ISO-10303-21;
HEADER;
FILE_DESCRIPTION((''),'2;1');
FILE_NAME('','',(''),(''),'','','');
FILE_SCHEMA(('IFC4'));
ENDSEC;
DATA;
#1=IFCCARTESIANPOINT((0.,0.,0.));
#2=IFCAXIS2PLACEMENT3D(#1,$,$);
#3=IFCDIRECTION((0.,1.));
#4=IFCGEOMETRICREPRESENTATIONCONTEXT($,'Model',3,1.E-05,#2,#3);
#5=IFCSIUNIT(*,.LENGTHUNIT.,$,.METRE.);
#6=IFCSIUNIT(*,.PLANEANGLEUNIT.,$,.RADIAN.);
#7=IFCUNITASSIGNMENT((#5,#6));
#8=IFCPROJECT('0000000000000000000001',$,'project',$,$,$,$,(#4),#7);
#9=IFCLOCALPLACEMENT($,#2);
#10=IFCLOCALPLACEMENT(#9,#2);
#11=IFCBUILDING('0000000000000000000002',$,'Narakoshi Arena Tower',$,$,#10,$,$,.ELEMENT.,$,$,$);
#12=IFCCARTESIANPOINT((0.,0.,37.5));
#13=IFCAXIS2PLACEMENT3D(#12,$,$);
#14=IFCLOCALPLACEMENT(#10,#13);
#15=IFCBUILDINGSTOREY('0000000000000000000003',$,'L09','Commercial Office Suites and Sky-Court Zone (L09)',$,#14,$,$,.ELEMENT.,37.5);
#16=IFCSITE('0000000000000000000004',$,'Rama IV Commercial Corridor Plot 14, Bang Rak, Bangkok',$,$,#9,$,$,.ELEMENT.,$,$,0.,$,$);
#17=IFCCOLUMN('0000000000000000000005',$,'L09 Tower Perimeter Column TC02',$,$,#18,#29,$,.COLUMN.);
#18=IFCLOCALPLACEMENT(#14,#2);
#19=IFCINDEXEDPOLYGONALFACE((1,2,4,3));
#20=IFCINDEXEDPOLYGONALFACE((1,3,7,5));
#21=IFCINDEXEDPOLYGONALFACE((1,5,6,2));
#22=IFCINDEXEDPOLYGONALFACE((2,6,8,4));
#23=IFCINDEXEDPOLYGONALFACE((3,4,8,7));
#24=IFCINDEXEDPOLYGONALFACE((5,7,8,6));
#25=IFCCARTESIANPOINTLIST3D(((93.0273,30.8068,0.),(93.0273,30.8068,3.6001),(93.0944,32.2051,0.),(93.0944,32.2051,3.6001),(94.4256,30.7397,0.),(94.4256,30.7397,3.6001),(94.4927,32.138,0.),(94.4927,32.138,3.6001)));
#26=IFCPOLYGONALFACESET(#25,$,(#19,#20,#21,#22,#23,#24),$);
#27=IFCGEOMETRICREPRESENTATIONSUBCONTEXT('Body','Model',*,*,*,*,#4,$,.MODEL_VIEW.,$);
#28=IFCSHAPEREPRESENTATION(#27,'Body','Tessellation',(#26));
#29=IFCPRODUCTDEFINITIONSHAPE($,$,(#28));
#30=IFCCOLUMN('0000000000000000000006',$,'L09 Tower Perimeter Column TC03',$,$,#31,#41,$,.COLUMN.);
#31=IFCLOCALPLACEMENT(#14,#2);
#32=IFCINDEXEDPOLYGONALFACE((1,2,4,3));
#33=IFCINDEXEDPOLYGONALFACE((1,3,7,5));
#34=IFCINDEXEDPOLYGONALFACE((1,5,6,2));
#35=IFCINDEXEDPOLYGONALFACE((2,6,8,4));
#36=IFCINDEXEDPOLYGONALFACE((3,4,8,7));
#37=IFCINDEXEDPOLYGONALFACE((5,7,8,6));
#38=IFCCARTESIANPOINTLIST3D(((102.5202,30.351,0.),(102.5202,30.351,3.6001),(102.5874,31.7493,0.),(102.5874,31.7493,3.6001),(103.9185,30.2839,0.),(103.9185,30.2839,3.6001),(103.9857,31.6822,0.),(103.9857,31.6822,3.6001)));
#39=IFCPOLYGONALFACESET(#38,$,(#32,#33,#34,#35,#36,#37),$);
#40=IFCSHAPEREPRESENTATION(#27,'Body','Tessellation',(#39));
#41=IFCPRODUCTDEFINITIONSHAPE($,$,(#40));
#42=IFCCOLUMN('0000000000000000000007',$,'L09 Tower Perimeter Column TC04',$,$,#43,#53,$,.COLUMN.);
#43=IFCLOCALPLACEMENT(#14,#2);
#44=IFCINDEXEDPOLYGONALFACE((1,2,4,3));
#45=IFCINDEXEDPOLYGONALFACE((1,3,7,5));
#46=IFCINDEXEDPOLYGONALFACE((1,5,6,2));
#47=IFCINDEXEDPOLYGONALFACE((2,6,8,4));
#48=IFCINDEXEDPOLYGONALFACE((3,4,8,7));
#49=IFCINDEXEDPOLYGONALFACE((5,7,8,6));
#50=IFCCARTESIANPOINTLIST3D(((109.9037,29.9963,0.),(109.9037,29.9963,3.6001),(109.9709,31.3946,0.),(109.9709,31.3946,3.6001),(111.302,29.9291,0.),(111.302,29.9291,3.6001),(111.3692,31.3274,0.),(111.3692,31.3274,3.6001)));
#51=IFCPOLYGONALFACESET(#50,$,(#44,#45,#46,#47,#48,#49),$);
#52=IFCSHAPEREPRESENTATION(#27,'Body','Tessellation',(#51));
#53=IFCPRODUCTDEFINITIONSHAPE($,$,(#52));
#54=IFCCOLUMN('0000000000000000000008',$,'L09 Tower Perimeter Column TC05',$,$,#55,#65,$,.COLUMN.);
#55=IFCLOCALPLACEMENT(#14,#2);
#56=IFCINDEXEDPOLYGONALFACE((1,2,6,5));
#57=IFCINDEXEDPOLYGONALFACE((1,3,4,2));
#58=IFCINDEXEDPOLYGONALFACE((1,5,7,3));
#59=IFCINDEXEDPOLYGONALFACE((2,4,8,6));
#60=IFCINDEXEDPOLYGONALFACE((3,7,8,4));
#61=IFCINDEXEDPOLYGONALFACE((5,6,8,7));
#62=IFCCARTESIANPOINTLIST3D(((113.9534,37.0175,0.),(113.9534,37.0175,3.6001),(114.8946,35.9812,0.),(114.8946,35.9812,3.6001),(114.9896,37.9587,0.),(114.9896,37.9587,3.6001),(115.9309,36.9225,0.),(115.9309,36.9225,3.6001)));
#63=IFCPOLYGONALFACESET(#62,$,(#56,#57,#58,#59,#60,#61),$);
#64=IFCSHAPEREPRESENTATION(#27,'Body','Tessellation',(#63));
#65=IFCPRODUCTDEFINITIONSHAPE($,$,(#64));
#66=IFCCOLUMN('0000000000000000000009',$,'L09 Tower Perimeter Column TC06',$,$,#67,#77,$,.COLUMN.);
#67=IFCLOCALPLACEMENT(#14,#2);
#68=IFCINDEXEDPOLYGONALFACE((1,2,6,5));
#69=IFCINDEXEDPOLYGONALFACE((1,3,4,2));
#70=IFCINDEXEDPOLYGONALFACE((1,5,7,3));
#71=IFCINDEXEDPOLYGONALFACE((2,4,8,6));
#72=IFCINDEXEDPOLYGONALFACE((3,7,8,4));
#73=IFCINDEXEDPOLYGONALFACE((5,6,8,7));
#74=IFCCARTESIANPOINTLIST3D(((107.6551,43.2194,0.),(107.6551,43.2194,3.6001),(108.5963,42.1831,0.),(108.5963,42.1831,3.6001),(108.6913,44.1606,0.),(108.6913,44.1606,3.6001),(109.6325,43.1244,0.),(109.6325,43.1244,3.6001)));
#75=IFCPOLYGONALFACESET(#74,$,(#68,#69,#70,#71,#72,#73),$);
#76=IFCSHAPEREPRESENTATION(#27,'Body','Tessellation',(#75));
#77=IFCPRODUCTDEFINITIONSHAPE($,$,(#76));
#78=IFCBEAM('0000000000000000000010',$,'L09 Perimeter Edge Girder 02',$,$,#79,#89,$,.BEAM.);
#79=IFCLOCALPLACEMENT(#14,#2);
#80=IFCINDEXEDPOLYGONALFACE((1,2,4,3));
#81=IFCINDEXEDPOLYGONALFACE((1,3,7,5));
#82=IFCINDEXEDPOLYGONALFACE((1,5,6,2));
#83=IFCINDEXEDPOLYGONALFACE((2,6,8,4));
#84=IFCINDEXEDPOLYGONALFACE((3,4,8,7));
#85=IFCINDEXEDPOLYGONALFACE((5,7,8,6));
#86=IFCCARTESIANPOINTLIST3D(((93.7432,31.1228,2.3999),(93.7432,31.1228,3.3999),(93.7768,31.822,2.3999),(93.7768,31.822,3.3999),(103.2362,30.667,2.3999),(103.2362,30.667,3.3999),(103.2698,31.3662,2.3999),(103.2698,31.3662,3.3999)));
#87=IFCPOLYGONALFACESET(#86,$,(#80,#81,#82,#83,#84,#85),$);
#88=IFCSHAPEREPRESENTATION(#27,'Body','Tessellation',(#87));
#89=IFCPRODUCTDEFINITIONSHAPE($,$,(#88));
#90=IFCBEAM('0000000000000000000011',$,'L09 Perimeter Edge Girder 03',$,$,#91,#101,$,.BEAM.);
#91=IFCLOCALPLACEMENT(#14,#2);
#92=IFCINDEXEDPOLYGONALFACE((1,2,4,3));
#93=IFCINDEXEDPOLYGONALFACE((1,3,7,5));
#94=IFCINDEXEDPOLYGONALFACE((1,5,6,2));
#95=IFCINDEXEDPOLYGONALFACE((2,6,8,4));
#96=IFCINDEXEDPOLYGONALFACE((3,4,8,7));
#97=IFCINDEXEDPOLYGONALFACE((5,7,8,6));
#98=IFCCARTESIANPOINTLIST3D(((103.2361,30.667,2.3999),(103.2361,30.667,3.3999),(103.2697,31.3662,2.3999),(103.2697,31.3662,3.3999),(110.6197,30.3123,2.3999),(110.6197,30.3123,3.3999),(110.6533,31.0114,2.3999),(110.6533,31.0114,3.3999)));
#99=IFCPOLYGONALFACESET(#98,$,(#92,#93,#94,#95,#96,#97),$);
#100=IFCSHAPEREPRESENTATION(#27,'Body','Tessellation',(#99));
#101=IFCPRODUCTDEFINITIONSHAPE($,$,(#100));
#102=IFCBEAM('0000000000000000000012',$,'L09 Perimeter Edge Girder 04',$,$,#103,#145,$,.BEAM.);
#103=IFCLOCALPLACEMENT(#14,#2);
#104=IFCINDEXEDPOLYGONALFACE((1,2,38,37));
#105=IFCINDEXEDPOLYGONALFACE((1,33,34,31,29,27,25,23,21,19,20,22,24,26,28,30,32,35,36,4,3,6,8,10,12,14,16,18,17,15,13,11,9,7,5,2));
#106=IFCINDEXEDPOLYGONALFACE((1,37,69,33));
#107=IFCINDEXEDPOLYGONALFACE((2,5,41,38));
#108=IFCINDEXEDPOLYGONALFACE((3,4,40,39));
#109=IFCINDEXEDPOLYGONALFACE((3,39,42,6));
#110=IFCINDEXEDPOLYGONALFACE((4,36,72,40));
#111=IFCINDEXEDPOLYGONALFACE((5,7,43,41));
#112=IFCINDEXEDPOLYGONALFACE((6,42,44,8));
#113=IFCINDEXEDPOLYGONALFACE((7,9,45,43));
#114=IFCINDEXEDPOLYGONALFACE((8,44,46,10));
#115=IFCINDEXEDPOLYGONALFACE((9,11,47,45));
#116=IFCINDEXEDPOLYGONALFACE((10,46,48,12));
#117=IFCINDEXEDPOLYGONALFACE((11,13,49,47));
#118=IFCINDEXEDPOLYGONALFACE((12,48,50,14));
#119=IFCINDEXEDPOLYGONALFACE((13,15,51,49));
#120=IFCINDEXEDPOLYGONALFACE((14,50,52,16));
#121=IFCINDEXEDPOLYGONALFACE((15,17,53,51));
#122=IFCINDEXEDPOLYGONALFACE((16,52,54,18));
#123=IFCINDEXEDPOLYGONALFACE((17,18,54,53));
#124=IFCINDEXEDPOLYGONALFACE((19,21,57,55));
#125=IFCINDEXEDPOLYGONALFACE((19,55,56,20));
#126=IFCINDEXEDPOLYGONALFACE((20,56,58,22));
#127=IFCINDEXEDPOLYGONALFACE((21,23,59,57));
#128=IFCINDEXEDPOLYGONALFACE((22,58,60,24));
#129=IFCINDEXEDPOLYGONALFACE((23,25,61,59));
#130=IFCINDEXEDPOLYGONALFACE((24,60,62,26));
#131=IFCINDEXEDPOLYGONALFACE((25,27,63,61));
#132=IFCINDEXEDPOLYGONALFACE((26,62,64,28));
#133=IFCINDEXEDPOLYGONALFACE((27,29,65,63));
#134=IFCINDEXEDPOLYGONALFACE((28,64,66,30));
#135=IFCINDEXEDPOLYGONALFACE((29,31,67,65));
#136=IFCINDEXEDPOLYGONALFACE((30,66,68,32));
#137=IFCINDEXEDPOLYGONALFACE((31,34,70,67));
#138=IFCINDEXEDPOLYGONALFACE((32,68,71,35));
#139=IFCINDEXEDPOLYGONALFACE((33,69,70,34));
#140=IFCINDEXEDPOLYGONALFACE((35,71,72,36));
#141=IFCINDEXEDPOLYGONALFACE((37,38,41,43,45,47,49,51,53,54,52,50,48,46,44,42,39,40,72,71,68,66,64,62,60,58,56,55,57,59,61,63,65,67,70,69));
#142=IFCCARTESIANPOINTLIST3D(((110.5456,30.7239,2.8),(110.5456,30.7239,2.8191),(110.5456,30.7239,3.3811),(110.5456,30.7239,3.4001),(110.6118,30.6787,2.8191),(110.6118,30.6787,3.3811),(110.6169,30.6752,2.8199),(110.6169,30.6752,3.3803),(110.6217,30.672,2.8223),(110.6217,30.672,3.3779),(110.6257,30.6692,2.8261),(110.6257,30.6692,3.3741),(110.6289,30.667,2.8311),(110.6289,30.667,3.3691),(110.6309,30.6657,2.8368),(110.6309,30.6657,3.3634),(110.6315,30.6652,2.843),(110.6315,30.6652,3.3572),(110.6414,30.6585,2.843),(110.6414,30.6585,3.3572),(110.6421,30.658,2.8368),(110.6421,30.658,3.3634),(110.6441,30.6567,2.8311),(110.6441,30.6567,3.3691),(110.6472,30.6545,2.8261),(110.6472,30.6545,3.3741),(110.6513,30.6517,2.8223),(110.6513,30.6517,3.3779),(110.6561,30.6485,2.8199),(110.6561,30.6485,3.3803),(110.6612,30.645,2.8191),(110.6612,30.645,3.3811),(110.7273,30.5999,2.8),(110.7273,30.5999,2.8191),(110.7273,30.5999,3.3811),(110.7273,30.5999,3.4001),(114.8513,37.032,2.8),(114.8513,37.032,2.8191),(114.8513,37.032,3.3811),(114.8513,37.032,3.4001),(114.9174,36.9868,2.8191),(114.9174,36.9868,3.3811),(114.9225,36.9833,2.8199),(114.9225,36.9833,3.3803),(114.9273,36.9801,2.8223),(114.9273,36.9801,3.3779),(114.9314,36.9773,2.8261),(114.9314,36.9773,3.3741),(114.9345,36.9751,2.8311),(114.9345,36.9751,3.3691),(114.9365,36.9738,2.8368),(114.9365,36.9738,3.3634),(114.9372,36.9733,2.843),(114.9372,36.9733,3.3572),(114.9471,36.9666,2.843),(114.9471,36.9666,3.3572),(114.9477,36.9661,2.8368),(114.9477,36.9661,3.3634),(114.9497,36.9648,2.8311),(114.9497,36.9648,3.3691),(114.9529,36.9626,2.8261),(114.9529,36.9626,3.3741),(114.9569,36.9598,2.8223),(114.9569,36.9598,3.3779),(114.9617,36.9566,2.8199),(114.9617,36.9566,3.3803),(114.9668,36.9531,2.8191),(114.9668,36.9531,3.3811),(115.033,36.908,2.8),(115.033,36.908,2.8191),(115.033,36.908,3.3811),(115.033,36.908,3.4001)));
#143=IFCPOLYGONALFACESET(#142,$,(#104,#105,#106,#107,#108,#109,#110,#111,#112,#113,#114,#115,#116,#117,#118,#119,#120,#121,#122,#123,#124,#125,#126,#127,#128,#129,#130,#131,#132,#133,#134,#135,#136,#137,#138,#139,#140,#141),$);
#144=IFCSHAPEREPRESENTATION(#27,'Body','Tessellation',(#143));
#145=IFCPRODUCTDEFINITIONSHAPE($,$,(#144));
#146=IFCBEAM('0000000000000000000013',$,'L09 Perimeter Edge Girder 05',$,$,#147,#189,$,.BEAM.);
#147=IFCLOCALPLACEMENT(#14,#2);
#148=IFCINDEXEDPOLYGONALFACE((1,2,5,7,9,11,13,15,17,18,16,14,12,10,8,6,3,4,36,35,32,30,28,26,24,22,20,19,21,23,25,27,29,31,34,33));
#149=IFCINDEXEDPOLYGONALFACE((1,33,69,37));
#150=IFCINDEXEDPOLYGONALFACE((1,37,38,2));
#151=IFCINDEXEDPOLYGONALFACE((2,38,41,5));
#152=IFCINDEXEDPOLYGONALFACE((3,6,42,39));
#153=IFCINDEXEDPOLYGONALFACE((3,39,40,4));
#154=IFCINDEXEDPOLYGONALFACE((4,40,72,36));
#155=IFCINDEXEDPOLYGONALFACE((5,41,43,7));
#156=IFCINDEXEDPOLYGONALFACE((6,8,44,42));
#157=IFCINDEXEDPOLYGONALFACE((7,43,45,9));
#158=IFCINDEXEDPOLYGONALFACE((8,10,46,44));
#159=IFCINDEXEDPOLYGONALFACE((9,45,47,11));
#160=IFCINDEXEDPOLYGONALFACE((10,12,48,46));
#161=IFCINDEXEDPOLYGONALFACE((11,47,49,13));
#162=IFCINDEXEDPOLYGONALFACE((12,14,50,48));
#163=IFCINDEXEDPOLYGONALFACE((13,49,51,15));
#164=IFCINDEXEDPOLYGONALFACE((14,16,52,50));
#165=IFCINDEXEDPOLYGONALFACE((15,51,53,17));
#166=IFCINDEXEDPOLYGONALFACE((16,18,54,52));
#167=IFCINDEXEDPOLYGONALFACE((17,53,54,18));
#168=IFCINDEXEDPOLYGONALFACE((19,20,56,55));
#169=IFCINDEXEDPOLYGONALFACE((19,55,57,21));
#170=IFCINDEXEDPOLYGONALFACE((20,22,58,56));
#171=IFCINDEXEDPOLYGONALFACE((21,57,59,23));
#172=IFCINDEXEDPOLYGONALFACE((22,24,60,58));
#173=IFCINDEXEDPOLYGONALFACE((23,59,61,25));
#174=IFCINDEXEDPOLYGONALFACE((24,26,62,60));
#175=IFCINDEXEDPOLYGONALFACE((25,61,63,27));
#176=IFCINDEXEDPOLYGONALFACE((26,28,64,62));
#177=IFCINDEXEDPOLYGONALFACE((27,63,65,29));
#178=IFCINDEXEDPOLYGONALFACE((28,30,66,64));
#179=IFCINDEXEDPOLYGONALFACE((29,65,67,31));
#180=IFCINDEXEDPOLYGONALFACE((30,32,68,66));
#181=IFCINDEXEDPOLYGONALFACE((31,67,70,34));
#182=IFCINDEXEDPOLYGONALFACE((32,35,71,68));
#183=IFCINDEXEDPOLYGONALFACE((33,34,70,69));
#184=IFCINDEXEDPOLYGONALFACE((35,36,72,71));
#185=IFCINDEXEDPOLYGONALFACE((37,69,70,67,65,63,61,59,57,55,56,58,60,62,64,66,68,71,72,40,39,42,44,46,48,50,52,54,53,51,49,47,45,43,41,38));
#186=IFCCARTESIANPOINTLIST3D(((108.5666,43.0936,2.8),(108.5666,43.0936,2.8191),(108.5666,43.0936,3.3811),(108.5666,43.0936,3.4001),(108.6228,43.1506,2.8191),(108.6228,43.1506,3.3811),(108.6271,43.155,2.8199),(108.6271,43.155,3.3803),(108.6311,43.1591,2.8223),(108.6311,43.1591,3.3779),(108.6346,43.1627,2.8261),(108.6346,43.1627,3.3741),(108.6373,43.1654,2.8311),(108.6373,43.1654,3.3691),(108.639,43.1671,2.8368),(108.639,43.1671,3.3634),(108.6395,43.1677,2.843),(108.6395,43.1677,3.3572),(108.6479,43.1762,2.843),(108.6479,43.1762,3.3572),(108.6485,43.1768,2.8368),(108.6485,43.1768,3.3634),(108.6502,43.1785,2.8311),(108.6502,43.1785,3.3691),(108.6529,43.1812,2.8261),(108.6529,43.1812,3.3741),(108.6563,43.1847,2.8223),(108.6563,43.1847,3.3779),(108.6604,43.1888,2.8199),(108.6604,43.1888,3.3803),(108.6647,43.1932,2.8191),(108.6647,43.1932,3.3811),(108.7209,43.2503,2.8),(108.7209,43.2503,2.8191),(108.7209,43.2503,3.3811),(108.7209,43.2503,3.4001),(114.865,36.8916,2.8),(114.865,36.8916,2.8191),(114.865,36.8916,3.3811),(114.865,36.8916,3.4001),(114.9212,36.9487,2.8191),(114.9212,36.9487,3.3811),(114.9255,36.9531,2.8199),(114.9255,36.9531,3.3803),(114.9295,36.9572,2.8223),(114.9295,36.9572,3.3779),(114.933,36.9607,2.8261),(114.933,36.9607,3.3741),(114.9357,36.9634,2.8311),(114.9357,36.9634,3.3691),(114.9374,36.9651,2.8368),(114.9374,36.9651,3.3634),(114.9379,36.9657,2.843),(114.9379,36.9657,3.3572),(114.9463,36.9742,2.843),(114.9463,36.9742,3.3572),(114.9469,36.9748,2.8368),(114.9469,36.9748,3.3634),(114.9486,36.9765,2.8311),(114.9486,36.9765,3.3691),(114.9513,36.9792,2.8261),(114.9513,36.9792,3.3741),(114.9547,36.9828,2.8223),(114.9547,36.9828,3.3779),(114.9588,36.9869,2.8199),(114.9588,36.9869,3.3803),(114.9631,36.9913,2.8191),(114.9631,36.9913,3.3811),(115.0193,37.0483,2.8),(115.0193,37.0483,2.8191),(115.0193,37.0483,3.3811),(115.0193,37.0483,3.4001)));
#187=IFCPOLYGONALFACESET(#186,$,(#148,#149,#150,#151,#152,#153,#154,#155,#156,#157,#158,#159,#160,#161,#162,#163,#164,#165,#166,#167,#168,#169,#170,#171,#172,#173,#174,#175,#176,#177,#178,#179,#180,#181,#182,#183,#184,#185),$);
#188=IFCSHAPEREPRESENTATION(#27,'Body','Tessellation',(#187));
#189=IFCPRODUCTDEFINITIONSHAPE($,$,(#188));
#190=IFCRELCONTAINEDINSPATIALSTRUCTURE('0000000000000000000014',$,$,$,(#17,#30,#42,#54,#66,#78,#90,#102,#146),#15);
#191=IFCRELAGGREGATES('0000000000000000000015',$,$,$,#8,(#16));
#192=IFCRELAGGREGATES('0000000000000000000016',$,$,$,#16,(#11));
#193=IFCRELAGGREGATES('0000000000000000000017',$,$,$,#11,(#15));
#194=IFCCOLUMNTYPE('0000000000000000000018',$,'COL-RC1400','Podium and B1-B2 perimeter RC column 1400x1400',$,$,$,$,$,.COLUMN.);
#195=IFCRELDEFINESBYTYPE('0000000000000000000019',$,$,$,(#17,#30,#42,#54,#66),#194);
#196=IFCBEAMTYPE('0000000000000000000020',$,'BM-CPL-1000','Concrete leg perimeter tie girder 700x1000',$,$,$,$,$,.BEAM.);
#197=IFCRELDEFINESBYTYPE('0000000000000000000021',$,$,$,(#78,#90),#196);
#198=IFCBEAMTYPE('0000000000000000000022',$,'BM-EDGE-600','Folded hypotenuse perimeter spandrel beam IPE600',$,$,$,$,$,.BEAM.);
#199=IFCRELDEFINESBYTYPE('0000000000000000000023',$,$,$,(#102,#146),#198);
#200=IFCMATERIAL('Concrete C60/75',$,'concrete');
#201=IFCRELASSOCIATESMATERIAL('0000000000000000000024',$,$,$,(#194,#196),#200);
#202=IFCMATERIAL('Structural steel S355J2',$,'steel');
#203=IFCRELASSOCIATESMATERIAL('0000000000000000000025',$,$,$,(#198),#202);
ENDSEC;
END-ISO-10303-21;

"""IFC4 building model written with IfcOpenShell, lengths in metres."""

from ifc_helpers import new_model, si_unit, direction, frame, origin, origin_2d, place, context, subcontext, project, spatial, rectangle, i_section, extrude, material, material_profile, profile_set, type_object, element, save


model = new_model("IFC4")

# Units and contexts
model_context = context("Model", 3, precision=1e-05, world=origin(), true_north=direction((0.0, 1.0)))
body_context = subcontext(model_context, "Body", "Model", "MODEL_VIEW")
ifc_project = project(units=[si_unit("LENGTHUNIT", "METRE"), si_unit("PLANEANGLEUNIT", "RADIAN")], contexts=[model_context])

# Site, building, storey
site_placement = place(None, origin())
site = spatial("IfcSite", under=ifc_project, at=site_placement, Name="Rama IV Commercial Corridor Plot 14, Bang Rak, Bangkok", CompositionType="ELEMENT", RefElevation=0.0)
building_placement = place(site_placement, origin())
building = spatial("IfcBuilding", under=site, at=building_placement, Name="Narakoshi Arena Tower", CompositionType="ELEMENT")
storey_placement = place(building_placement, frame((0.0, 0.0, 37.5)))
storey = spatial("IfcBuildingStorey", under=building, at=storey_placement, Name="L09", Description="Commercial Office Suites and Sky-Court Zone (L09)", CompositionType="ELEMENT", Elevation=37.5)

# Columns
ifc_material_1 = material(Name="Concrete C60/75", Category="concrete")
ifc_material_profile_1 = material_profile(ifc_material_1, rectangle(XDim=1.3999, YDim=1.3999, at=origin_2d()), Name="RC1400x1400")
ifc_profile_set_1 = profile_set([ifc_material_profile_1], Name="Concrete C60/75")
column_type = type_object("IfcColumnType", Name="COL-RC1400", Description="Podium and B1-B2 perimeter RC column 1400x1400", PredefinedType="COLUMN", material=ifc_profile_set_1)
for number, where, z_axis, x_axis, name in (
    (1, (93.76, 31.4724, 0.0), (0.0, 0.0, 1.0), (-0.998848, 0.047978, 0.0), "L09 Tower Perimeter Column TC02"),
    (2, (103.2529, 31.0166, 0.0), (0.0, 0.0, 1.0), (-0.998848, 0.047978, 0.0), "L09 Tower Perimeter Column TC03"),
    (3, (110.6365, 30.6619, 0.0), (0.0, 0.0, 1.0), (-0.998848, 0.047978, 0.0), "L09 Tower Perimeter Column TC04"),
    (4, (114.9421, 36.97, 0.0), (0.0, 0.0, 1.0), (0.740218, 0.672367, 0.0), "L09 Tower Perimeter Column TC05"),
    (5, (108.6438, 43.1719, 0.0), (0.0, 0.0, 1.0), (0.740218, 0.672367, 0.0), "L09 Tower Perimeter Column TC06"),
):
    element("IfcColumn", number, at=place(storey_placement, frame(where, z_axis=z_axis, x_axis=x_axis)), inside=storey, type_object=column_type, Name=name, PredefinedType="COLUMN", context=body_context, shape_type="SweptSolid", body=[
        extrude(rectangle(XDim=1.3999, YDim=1.3999, at=origin_2d()), origin(), (0.0, 0.0, 1.0), 3.6001),
    ])

# Beams
ifc_material_profile_2 = material_profile(ifc_material_1, rectangle(XDim=0.7, YDim=1.0, at=origin_2d()), Name="RCB700x1000")
ifc_profile_set_2 = profile_set([ifc_material_profile_2], Name="Concrete C60/75")
beam_type_1 = type_object("IfcBeamType", Name="BM-CPL-1000", Description="Concrete leg perimeter tie girder 700x1000", PredefinedType="BEAM", material=ifc_profile_set_2)
beam_1_placement = place(storey_placement, frame((93.76, 31.4724, 2.8999), z_axis=(0.998849, -0.047961, 0.0), x_axis=(0.047961, 0.998849, 0.0)))
element("IfcBeam", 6, at=beam_1_placement, inside=storey, type_object=beam_type_1, Name="L09 Perimeter Edge Girder 02", PredefinedType="BEAM", context=body_context, shape_type="SweptSolid", body=[
    extrude(rectangle(XDim=0.7, YDim=1.0, at=origin_2d()), origin(), (0.0, 0.0, 1.0), 9.5039),
])
beam_2_placement = place(storey_placement, frame((103.2529, 31.0166, 2.8999), z_axis=(0.998848, -0.047989, 0.0), x_axis=(0.047989, 0.998848, 0.0)))
element("IfcBeam", 7, at=beam_2_placement, inside=storey, type_object=beam_type_1, Name="L09 Perimeter Edge Girder 03", PredefinedType="BEAM", context=body_context, shape_type="SweptSolid", body=[
    extrude(rectangle(XDim=0.7, YDim=1.0, at=origin_2d()), origin(), (0.0, 0.0, 1.0), 7.3921),
])
ifc_material_2 = material(Name="Structural steel S355J2", Category="steel")
ifc_material_profile_3 = material_profile(ifc_material_2, i_section(OverallWidth=0.22, OverallDepth=0.6001, WebThickness=0.012, FlangeThickness=0.019, FilletRadius=0.0239, at=origin_2d()), Name="IPE600")
ifc_profile_set_3 = profile_set([ifc_material_profile_3], Name="Structural steel S355J2")
beam_type_2 = type_object("IfcBeamType", Name="BM-EDGE-600", Description="Folded hypotenuse perimeter spandrel beam IPE600", PredefinedType="BEAM", material=ifc_profile_set_3)
beam_3_placement = place(storey_placement, frame((110.6365, 30.6619, 3.1001), z_axis=(0.563755, 0.825942, 0.0), x_axis=(-0.825942, 0.563755, 0.0)))
element("IfcBeam", 8, at=beam_3_placement, inside=storey, type_object=beam_type_2, Name="L09 Perimeter Edge Girder 04", PredefinedType="BEAM", context=body_context, shape_type="SweptSolid", body=[
    extrude(i_section(OverallWidth=0.22, OverallDepth=0.6001, WebThickness=0.012, FlangeThickness=0.019, FilletRadius=0.0239, at=origin_2d()), origin(), (0.0, 0.0, 1.0), 7.6375),
])
for number, where, z_axis, x_axis, name in (
    (9, (114.9421, 36.97, 3.1001), (-0.712541, 0.701631, 0.0), (-0.701631, -0.712541, 0.0), "L09 Perimeter Edge Girder 05"),
):
    element("IfcBeam", number, at=place(storey_placement, frame(where, z_axis=z_axis, x_axis=x_axis)), inside=storey, type_object=beam_type_2, Name=name, PredefinedType="BEAM", context=body_context, shape_type="SweptSolid", body=[
        extrude(i_section(OverallWidth=0.22, OverallDepth=0.6001, WebThickness=0.012, FlangeThickness=0.019, FilletRadius=0.0239, at=origin_2d()), origin(), (0.0, 0.0, 1.0), 8.8394),
    ])

save(model, "model.ifc")
